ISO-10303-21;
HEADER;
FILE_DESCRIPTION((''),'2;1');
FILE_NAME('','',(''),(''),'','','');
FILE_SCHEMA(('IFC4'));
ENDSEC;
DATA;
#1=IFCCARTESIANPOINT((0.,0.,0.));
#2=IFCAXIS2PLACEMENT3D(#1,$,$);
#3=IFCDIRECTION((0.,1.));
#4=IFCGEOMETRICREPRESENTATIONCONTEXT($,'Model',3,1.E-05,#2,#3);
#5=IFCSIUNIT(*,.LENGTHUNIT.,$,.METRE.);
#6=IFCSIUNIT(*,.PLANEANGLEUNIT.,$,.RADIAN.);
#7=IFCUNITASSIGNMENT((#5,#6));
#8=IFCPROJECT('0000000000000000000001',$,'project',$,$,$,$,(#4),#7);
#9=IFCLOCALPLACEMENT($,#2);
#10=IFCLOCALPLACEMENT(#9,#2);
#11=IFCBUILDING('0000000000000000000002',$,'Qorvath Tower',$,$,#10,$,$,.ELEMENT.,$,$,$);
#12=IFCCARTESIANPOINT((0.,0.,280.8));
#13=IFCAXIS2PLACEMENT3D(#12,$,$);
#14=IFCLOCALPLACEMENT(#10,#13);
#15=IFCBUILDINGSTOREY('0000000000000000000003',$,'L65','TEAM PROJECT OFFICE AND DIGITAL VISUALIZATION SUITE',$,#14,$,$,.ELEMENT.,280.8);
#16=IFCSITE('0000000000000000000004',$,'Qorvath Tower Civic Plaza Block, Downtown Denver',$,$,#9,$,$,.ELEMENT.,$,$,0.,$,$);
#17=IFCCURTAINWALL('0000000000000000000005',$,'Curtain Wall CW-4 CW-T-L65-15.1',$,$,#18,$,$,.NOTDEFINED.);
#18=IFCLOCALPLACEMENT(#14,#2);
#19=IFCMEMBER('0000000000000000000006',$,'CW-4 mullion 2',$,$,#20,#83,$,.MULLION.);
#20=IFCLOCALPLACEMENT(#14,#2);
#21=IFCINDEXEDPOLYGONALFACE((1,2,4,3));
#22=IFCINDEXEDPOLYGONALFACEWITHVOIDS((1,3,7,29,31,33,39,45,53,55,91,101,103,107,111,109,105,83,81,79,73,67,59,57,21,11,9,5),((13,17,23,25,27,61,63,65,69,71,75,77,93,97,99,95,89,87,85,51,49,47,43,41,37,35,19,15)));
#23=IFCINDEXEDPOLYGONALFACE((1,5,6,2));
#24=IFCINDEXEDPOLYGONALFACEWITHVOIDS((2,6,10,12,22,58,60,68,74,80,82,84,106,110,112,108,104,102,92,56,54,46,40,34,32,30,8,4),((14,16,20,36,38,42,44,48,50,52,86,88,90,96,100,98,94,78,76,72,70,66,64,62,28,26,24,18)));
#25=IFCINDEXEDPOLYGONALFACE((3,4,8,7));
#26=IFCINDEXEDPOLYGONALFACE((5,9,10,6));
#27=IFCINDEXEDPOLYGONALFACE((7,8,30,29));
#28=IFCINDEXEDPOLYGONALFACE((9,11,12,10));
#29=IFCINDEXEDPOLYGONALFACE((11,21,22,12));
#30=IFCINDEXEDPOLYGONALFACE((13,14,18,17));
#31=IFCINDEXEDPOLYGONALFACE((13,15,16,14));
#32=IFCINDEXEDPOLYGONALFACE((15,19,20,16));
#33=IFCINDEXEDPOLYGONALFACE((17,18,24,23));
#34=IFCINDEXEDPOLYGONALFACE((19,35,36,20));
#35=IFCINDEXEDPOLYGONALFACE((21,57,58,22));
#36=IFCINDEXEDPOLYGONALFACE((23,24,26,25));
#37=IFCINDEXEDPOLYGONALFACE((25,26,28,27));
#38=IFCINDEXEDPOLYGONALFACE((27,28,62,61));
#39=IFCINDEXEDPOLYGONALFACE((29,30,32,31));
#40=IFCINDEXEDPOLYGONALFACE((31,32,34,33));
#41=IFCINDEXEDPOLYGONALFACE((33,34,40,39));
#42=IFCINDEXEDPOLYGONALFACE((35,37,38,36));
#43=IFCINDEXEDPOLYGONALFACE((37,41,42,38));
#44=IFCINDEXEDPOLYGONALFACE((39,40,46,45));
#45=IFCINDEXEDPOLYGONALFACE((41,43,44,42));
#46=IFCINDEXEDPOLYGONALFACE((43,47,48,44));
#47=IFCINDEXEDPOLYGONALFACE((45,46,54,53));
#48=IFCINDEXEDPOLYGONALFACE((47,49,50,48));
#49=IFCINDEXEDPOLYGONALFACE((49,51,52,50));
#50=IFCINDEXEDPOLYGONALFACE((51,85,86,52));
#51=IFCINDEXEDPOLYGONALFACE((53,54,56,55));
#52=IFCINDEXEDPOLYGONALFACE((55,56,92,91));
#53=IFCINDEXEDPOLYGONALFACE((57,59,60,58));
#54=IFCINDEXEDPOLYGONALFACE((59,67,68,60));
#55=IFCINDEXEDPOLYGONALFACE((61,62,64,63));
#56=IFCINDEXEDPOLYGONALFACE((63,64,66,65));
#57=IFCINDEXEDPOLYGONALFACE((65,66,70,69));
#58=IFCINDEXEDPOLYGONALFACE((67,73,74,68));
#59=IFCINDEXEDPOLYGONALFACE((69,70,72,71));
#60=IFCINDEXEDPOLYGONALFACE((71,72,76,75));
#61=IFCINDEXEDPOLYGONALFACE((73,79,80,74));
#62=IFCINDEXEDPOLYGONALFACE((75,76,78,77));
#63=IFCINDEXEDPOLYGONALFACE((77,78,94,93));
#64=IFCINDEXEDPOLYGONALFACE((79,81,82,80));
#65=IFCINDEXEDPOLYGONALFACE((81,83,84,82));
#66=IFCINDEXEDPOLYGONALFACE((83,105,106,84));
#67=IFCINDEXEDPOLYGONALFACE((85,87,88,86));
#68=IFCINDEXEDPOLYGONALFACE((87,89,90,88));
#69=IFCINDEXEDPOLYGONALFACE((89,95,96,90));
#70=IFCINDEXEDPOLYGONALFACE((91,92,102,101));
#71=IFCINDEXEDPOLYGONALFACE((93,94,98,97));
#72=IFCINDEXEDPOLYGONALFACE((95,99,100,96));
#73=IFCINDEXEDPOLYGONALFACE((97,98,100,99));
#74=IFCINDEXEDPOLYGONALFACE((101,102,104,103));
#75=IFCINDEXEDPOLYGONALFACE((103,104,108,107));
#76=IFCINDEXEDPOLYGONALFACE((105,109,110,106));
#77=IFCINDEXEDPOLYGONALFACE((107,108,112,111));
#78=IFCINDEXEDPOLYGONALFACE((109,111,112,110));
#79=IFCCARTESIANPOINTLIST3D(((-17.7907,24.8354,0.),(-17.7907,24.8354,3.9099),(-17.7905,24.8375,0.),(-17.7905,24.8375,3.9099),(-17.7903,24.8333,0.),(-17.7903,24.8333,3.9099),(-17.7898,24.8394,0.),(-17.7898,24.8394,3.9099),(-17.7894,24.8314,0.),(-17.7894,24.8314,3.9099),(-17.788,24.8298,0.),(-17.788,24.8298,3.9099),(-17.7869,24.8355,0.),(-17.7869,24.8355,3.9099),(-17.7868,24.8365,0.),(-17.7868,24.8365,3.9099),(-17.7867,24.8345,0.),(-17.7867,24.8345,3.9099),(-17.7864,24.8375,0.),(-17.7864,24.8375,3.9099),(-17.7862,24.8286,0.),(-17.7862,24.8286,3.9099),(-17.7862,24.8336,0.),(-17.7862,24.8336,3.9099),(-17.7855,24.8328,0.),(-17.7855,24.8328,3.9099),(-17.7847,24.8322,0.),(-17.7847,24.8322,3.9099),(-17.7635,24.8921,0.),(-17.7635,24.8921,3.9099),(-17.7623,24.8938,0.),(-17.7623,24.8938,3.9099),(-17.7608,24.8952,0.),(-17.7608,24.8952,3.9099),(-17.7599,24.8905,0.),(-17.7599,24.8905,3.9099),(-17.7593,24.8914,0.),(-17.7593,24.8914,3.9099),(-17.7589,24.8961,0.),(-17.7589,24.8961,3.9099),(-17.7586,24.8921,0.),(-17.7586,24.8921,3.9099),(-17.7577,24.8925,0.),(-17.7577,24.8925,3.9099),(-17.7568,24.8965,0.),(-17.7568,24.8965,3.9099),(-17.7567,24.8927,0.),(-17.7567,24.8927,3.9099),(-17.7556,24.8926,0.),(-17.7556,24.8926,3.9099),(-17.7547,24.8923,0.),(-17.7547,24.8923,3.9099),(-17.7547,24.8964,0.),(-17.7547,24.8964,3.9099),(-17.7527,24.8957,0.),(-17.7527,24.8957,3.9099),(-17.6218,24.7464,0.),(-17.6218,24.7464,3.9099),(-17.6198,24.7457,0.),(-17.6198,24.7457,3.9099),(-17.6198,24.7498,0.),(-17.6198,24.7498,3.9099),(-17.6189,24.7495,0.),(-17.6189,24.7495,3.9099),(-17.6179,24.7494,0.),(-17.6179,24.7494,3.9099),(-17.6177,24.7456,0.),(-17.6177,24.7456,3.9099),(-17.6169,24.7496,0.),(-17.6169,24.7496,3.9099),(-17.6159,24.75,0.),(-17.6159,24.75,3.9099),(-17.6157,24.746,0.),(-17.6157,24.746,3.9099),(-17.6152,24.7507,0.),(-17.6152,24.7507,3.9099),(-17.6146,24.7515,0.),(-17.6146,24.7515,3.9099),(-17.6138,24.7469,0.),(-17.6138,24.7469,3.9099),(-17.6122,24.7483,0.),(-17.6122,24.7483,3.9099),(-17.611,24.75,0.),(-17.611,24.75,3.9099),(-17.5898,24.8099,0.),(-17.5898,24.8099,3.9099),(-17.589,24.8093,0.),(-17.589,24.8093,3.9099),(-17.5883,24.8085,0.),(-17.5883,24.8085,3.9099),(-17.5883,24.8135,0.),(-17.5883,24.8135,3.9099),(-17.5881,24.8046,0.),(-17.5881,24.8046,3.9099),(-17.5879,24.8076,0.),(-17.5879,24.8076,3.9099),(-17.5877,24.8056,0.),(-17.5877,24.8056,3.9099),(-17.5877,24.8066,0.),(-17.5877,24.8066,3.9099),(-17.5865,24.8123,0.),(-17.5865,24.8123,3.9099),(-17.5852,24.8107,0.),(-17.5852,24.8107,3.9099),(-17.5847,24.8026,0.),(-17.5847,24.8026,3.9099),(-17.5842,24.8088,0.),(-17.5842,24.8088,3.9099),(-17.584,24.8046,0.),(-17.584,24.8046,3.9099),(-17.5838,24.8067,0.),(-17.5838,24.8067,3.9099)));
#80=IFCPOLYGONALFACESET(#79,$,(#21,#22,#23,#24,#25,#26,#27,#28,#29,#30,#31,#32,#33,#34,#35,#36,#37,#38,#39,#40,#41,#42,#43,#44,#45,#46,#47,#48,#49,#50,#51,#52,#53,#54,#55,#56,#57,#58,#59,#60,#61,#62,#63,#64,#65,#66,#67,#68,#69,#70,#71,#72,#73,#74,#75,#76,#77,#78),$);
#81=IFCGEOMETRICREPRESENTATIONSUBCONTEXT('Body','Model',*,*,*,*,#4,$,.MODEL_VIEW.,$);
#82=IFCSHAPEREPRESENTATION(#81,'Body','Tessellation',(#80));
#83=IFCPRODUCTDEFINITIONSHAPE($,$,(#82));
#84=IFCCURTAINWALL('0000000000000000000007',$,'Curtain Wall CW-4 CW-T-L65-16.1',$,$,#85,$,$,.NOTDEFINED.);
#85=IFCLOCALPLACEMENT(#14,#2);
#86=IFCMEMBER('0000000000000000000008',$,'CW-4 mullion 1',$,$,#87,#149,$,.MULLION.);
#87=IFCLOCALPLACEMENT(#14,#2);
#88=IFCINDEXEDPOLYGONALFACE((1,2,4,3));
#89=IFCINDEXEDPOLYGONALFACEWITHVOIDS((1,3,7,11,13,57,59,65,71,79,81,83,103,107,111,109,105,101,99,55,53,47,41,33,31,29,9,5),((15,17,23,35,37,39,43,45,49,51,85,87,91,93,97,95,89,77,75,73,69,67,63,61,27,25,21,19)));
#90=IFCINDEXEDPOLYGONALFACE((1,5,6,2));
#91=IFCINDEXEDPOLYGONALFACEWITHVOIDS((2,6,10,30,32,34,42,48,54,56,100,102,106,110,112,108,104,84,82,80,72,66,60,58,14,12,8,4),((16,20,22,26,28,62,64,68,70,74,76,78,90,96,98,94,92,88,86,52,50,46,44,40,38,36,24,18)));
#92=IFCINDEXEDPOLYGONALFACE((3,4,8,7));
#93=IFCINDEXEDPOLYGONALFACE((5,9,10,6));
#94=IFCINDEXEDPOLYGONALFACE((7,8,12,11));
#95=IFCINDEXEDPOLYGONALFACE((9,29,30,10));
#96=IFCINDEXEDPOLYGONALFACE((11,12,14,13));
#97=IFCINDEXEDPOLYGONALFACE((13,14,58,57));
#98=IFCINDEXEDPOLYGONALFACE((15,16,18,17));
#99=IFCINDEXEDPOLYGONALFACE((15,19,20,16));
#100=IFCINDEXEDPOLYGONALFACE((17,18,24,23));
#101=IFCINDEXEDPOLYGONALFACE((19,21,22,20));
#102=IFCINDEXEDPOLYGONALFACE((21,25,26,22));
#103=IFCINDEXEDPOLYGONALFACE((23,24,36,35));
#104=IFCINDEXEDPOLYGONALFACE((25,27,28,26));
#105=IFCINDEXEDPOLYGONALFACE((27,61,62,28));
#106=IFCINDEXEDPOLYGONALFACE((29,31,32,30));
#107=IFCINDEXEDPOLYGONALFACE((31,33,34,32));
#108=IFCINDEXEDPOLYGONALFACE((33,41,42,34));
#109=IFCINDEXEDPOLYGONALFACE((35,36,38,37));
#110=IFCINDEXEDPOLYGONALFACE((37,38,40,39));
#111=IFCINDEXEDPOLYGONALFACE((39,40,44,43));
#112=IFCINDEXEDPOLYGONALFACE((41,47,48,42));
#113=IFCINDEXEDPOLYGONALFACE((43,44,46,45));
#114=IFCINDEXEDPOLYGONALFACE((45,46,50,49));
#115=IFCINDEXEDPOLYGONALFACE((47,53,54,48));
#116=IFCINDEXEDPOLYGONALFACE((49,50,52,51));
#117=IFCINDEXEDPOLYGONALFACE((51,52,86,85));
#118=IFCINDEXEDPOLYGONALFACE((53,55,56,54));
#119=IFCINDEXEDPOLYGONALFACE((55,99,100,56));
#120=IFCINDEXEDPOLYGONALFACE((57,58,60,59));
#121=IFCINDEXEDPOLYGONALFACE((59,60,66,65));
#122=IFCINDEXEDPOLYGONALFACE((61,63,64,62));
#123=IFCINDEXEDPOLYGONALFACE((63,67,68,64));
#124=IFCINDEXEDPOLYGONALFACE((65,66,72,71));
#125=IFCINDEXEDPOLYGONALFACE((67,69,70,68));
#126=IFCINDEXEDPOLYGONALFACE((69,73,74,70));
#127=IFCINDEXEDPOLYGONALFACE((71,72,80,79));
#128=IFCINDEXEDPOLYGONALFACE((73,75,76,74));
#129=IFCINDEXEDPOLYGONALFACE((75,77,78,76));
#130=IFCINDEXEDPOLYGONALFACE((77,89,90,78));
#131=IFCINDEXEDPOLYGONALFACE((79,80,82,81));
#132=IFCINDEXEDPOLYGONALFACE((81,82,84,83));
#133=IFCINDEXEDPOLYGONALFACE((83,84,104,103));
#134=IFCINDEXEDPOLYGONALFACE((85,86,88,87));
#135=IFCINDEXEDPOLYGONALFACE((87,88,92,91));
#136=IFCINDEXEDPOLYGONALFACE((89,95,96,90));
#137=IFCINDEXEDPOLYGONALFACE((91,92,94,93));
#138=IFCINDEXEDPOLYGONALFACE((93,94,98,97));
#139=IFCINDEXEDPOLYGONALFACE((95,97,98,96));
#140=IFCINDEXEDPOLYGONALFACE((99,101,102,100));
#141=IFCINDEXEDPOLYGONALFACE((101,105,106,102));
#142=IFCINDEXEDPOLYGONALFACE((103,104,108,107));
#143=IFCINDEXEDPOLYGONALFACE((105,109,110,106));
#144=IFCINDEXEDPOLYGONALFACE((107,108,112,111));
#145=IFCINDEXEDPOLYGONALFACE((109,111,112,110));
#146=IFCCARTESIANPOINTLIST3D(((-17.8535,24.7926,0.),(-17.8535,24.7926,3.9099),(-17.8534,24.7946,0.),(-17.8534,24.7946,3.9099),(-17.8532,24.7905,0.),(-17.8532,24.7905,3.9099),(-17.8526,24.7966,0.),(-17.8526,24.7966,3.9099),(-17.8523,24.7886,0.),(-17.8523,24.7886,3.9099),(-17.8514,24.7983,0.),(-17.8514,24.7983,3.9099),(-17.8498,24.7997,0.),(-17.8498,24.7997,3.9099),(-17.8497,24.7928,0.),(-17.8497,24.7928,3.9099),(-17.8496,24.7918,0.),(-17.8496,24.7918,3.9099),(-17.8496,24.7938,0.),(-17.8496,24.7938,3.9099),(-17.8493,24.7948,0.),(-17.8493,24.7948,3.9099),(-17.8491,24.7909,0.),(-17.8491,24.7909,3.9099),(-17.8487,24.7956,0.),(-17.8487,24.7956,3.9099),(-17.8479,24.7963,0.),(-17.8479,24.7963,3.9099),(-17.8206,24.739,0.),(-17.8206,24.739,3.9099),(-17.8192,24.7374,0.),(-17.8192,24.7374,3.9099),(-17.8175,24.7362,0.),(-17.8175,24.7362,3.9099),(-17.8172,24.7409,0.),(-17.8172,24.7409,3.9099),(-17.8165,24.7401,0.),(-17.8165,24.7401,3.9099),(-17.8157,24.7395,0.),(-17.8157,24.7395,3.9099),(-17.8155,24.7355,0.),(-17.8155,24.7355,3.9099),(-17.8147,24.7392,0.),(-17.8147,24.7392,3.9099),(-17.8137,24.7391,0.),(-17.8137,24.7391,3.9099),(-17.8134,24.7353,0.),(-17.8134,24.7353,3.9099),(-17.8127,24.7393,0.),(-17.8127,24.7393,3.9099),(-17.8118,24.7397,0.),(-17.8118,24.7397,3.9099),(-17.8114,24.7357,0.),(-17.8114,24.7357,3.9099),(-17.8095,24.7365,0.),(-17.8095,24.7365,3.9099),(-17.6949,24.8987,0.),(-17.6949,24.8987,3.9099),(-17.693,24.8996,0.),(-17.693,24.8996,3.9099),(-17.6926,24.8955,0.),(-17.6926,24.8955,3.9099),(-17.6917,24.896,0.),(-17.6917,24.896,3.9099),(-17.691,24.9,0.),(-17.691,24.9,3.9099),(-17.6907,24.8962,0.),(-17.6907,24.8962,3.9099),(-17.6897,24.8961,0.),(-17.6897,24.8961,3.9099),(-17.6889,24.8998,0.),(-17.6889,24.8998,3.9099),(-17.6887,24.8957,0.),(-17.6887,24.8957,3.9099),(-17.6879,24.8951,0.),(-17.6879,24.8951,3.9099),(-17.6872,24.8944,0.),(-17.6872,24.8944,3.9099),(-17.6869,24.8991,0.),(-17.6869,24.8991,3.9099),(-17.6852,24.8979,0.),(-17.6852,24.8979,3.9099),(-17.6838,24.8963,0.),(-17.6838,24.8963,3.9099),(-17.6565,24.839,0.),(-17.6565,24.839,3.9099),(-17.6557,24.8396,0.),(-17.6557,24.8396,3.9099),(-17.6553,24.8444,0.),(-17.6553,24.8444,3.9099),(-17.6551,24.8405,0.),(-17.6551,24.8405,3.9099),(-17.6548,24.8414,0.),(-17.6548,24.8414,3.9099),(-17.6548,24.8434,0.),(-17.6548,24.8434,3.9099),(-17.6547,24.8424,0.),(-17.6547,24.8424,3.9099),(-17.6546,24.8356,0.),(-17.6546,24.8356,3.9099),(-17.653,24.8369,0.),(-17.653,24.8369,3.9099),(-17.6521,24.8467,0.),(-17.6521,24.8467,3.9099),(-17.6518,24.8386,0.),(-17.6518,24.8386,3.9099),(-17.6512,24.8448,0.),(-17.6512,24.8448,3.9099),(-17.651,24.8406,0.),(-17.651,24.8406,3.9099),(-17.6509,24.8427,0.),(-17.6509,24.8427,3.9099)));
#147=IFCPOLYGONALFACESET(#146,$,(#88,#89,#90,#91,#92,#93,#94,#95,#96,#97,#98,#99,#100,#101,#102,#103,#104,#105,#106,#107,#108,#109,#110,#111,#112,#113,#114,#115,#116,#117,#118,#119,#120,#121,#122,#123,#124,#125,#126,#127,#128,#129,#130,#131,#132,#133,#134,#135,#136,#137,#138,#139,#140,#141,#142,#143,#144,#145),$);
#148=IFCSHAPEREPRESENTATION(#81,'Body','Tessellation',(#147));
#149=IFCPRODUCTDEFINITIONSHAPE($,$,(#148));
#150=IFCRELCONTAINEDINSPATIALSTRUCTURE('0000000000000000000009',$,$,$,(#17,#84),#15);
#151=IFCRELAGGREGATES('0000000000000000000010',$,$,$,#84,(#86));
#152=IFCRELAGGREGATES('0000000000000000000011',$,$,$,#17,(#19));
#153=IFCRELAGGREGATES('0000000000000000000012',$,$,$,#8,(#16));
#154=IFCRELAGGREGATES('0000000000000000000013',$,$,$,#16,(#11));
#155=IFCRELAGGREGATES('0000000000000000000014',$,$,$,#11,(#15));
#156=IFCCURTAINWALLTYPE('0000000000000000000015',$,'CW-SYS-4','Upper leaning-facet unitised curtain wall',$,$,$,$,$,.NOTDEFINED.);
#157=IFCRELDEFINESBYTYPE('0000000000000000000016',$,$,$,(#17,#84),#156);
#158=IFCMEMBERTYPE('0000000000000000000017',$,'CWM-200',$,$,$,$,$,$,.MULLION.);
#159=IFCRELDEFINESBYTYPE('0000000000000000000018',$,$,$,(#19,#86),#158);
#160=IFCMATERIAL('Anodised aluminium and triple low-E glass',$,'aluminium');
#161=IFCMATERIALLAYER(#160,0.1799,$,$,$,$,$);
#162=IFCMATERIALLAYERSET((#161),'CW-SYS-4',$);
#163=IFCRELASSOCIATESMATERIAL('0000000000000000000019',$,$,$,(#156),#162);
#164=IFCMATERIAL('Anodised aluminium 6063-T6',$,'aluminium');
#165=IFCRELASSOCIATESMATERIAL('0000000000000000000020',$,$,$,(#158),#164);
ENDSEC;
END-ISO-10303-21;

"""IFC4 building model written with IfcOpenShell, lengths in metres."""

from ifc_helpers import new_model, si_unit, direction, frame, origin, origin_2d, place, context, subcontext, project, spatial, hollow_rectangle, extrude, material, layer, layer_set, material_profile, profile_set, type_object, element, aggregate, save


model = new_model("IFC4")

# Units and contexts
model_context = context("Model", 3, precision=1e-05, world=origin(), true_north=direction((0.0, 1.0)))
body_context = subcontext(model_context, "Body", "Model", "MODEL_VIEW")
ifc_project = project(units=[si_unit("LENGTHUNIT", "METRE"), si_unit("PLANEANGLEUNIT", "RADIAN")], contexts=[model_context])

# Site, building, storey
site_placement = place(None, origin())
site = spatial("IfcSite", under=ifc_project, at=site_placement, Name="Qorvath Tower Civic Plaza Block, Downtown Denver", CompositionType="ELEMENT", RefElevation=0.0)
building_placement = place(site_placement, origin())
building = spatial("IfcBuilding", under=site, at=building_placement, Name="Qorvath Tower", CompositionType="ELEMENT")
storey_placement = place(building_placement, frame((0.0, 0.0, 280.8)))
storey = spatial("IfcBuildingStorey", under=building, at=storey_placement, Name="L65", Description="TEAM PROJECT OFFICE AND DIGITAL VISUALIZATION SUITE", CompositionType="ELEMENT", Elevation=280.8)

# Shared definitions
ifc_material_1 = material(Name="Anodised aluminium and triple low-E glass", Category="aluminium")
ifc_layer_1 = layer(ifc_material_1, 0.1799)
ifc_layer_set_1 = layer_set([ifc_layer_1], Name="CW-SYS-4")
curtain_wall_type = type_object("IfcCurtainWallType", Name="CW-SYS-4", Description="Upper leaning-facet unitised curtain wall", PredefinedType="NOTDEFINED", material=ifc_layer_set_1)
ifc_material_2 = material(Name="Anodised aluminium 6063-T6", Category="aluminium")
ifc_material_profile_1 = material_profile(ifc_material_2, hollow_rectangle(XDim=0.075, YDim=0.2, WallThickness=0.0039, InnerFilletRadius=0.0039, OuterFilletRadius=0.0081, at=origin_2d()), Name="CWM 200x75")
ifc_profile_set_1 = profile_set([ifc_material_profile_1], Name="Anodised aluminium 6063-T6")
member_type_1 = type_object("IfcMemberType", Name="CWM-200", PredefinedType="MULLION", material=ifc_profile_set_1)

# Curtain wall, member
curtain_wall_1_placement = place(storey_placement, origin())
curtain_wall_1 = element("IfcCurtainWall", 1, at=curtain_wall_1_placement, inside=storey, type_object=curtain_wall_type, Name="Curtain Wall CW-4 CW-T-L65-15.1", PredefinedType="NOTDEFINED")
member_1_placement = place(storey_placement, frame((-17.6873, 24.821, 0.0), z_axis=(0.0, 0.0, 1.0), x_axis=(-0.447224, -0.894422, 0.0)))
member_1 = element("IfcMember", 2, at=member_1_placement, type_object=member_type_1, Name="CW-4 mullion 2", PredefinedType="MULLION", context=body_context, shape_type="SweptSolid", body=[
    extrude(hollow_rectangle(XDim=0.075, YDim=0.2, WallThickness=0.0039, InnerFilletRadius=0.0039, OuterFilletRadius=0.0081, at=origin_2d()), origin(), (0.0, 0.0, 1.0), 3.9099),
])

# Curtain wall, member
curtain_wall_2_placement = place(storey_placement, origin())
curtain_wall_2 = element("IfcCurtainWall", 3, at=curtain_wall_2_placement, inside=storey, type_object=curtain_wall_type, Name="Curtain Wall CW-4 CW-T-L65-16.1", PredefinedType="NOTDEFINED")
member_2_placement = place(storey_placement, frame((-17.7522, 24.8176, 0.0), z_axis=(0.0, 0.0, 1.0), x_axis=(0.538534, -0.842604, 0.0)))
member_2 = element("IfcMember", 4, at=member_2_placement, type_object=member_type_1, Name="CW-4 mullion 1", PredefinedType="MULLION", context=body_context, shape_type="SweptSolid", body=[
    extrude(hollow_rectangle(XDim=0.075, YDim=0.2, WallThickness=0.0039, InnerFilletRadius=0.0039, OuterFilletRadius=0.0081, at=origin_2d()), origin(), (0.0, 0.0, 1.0), 3.9099),
])

aggregate(curtain_wall_2, [member_2])

aggregate(curtain_wall_1, [member_1])

save(model, "model.ifc")
